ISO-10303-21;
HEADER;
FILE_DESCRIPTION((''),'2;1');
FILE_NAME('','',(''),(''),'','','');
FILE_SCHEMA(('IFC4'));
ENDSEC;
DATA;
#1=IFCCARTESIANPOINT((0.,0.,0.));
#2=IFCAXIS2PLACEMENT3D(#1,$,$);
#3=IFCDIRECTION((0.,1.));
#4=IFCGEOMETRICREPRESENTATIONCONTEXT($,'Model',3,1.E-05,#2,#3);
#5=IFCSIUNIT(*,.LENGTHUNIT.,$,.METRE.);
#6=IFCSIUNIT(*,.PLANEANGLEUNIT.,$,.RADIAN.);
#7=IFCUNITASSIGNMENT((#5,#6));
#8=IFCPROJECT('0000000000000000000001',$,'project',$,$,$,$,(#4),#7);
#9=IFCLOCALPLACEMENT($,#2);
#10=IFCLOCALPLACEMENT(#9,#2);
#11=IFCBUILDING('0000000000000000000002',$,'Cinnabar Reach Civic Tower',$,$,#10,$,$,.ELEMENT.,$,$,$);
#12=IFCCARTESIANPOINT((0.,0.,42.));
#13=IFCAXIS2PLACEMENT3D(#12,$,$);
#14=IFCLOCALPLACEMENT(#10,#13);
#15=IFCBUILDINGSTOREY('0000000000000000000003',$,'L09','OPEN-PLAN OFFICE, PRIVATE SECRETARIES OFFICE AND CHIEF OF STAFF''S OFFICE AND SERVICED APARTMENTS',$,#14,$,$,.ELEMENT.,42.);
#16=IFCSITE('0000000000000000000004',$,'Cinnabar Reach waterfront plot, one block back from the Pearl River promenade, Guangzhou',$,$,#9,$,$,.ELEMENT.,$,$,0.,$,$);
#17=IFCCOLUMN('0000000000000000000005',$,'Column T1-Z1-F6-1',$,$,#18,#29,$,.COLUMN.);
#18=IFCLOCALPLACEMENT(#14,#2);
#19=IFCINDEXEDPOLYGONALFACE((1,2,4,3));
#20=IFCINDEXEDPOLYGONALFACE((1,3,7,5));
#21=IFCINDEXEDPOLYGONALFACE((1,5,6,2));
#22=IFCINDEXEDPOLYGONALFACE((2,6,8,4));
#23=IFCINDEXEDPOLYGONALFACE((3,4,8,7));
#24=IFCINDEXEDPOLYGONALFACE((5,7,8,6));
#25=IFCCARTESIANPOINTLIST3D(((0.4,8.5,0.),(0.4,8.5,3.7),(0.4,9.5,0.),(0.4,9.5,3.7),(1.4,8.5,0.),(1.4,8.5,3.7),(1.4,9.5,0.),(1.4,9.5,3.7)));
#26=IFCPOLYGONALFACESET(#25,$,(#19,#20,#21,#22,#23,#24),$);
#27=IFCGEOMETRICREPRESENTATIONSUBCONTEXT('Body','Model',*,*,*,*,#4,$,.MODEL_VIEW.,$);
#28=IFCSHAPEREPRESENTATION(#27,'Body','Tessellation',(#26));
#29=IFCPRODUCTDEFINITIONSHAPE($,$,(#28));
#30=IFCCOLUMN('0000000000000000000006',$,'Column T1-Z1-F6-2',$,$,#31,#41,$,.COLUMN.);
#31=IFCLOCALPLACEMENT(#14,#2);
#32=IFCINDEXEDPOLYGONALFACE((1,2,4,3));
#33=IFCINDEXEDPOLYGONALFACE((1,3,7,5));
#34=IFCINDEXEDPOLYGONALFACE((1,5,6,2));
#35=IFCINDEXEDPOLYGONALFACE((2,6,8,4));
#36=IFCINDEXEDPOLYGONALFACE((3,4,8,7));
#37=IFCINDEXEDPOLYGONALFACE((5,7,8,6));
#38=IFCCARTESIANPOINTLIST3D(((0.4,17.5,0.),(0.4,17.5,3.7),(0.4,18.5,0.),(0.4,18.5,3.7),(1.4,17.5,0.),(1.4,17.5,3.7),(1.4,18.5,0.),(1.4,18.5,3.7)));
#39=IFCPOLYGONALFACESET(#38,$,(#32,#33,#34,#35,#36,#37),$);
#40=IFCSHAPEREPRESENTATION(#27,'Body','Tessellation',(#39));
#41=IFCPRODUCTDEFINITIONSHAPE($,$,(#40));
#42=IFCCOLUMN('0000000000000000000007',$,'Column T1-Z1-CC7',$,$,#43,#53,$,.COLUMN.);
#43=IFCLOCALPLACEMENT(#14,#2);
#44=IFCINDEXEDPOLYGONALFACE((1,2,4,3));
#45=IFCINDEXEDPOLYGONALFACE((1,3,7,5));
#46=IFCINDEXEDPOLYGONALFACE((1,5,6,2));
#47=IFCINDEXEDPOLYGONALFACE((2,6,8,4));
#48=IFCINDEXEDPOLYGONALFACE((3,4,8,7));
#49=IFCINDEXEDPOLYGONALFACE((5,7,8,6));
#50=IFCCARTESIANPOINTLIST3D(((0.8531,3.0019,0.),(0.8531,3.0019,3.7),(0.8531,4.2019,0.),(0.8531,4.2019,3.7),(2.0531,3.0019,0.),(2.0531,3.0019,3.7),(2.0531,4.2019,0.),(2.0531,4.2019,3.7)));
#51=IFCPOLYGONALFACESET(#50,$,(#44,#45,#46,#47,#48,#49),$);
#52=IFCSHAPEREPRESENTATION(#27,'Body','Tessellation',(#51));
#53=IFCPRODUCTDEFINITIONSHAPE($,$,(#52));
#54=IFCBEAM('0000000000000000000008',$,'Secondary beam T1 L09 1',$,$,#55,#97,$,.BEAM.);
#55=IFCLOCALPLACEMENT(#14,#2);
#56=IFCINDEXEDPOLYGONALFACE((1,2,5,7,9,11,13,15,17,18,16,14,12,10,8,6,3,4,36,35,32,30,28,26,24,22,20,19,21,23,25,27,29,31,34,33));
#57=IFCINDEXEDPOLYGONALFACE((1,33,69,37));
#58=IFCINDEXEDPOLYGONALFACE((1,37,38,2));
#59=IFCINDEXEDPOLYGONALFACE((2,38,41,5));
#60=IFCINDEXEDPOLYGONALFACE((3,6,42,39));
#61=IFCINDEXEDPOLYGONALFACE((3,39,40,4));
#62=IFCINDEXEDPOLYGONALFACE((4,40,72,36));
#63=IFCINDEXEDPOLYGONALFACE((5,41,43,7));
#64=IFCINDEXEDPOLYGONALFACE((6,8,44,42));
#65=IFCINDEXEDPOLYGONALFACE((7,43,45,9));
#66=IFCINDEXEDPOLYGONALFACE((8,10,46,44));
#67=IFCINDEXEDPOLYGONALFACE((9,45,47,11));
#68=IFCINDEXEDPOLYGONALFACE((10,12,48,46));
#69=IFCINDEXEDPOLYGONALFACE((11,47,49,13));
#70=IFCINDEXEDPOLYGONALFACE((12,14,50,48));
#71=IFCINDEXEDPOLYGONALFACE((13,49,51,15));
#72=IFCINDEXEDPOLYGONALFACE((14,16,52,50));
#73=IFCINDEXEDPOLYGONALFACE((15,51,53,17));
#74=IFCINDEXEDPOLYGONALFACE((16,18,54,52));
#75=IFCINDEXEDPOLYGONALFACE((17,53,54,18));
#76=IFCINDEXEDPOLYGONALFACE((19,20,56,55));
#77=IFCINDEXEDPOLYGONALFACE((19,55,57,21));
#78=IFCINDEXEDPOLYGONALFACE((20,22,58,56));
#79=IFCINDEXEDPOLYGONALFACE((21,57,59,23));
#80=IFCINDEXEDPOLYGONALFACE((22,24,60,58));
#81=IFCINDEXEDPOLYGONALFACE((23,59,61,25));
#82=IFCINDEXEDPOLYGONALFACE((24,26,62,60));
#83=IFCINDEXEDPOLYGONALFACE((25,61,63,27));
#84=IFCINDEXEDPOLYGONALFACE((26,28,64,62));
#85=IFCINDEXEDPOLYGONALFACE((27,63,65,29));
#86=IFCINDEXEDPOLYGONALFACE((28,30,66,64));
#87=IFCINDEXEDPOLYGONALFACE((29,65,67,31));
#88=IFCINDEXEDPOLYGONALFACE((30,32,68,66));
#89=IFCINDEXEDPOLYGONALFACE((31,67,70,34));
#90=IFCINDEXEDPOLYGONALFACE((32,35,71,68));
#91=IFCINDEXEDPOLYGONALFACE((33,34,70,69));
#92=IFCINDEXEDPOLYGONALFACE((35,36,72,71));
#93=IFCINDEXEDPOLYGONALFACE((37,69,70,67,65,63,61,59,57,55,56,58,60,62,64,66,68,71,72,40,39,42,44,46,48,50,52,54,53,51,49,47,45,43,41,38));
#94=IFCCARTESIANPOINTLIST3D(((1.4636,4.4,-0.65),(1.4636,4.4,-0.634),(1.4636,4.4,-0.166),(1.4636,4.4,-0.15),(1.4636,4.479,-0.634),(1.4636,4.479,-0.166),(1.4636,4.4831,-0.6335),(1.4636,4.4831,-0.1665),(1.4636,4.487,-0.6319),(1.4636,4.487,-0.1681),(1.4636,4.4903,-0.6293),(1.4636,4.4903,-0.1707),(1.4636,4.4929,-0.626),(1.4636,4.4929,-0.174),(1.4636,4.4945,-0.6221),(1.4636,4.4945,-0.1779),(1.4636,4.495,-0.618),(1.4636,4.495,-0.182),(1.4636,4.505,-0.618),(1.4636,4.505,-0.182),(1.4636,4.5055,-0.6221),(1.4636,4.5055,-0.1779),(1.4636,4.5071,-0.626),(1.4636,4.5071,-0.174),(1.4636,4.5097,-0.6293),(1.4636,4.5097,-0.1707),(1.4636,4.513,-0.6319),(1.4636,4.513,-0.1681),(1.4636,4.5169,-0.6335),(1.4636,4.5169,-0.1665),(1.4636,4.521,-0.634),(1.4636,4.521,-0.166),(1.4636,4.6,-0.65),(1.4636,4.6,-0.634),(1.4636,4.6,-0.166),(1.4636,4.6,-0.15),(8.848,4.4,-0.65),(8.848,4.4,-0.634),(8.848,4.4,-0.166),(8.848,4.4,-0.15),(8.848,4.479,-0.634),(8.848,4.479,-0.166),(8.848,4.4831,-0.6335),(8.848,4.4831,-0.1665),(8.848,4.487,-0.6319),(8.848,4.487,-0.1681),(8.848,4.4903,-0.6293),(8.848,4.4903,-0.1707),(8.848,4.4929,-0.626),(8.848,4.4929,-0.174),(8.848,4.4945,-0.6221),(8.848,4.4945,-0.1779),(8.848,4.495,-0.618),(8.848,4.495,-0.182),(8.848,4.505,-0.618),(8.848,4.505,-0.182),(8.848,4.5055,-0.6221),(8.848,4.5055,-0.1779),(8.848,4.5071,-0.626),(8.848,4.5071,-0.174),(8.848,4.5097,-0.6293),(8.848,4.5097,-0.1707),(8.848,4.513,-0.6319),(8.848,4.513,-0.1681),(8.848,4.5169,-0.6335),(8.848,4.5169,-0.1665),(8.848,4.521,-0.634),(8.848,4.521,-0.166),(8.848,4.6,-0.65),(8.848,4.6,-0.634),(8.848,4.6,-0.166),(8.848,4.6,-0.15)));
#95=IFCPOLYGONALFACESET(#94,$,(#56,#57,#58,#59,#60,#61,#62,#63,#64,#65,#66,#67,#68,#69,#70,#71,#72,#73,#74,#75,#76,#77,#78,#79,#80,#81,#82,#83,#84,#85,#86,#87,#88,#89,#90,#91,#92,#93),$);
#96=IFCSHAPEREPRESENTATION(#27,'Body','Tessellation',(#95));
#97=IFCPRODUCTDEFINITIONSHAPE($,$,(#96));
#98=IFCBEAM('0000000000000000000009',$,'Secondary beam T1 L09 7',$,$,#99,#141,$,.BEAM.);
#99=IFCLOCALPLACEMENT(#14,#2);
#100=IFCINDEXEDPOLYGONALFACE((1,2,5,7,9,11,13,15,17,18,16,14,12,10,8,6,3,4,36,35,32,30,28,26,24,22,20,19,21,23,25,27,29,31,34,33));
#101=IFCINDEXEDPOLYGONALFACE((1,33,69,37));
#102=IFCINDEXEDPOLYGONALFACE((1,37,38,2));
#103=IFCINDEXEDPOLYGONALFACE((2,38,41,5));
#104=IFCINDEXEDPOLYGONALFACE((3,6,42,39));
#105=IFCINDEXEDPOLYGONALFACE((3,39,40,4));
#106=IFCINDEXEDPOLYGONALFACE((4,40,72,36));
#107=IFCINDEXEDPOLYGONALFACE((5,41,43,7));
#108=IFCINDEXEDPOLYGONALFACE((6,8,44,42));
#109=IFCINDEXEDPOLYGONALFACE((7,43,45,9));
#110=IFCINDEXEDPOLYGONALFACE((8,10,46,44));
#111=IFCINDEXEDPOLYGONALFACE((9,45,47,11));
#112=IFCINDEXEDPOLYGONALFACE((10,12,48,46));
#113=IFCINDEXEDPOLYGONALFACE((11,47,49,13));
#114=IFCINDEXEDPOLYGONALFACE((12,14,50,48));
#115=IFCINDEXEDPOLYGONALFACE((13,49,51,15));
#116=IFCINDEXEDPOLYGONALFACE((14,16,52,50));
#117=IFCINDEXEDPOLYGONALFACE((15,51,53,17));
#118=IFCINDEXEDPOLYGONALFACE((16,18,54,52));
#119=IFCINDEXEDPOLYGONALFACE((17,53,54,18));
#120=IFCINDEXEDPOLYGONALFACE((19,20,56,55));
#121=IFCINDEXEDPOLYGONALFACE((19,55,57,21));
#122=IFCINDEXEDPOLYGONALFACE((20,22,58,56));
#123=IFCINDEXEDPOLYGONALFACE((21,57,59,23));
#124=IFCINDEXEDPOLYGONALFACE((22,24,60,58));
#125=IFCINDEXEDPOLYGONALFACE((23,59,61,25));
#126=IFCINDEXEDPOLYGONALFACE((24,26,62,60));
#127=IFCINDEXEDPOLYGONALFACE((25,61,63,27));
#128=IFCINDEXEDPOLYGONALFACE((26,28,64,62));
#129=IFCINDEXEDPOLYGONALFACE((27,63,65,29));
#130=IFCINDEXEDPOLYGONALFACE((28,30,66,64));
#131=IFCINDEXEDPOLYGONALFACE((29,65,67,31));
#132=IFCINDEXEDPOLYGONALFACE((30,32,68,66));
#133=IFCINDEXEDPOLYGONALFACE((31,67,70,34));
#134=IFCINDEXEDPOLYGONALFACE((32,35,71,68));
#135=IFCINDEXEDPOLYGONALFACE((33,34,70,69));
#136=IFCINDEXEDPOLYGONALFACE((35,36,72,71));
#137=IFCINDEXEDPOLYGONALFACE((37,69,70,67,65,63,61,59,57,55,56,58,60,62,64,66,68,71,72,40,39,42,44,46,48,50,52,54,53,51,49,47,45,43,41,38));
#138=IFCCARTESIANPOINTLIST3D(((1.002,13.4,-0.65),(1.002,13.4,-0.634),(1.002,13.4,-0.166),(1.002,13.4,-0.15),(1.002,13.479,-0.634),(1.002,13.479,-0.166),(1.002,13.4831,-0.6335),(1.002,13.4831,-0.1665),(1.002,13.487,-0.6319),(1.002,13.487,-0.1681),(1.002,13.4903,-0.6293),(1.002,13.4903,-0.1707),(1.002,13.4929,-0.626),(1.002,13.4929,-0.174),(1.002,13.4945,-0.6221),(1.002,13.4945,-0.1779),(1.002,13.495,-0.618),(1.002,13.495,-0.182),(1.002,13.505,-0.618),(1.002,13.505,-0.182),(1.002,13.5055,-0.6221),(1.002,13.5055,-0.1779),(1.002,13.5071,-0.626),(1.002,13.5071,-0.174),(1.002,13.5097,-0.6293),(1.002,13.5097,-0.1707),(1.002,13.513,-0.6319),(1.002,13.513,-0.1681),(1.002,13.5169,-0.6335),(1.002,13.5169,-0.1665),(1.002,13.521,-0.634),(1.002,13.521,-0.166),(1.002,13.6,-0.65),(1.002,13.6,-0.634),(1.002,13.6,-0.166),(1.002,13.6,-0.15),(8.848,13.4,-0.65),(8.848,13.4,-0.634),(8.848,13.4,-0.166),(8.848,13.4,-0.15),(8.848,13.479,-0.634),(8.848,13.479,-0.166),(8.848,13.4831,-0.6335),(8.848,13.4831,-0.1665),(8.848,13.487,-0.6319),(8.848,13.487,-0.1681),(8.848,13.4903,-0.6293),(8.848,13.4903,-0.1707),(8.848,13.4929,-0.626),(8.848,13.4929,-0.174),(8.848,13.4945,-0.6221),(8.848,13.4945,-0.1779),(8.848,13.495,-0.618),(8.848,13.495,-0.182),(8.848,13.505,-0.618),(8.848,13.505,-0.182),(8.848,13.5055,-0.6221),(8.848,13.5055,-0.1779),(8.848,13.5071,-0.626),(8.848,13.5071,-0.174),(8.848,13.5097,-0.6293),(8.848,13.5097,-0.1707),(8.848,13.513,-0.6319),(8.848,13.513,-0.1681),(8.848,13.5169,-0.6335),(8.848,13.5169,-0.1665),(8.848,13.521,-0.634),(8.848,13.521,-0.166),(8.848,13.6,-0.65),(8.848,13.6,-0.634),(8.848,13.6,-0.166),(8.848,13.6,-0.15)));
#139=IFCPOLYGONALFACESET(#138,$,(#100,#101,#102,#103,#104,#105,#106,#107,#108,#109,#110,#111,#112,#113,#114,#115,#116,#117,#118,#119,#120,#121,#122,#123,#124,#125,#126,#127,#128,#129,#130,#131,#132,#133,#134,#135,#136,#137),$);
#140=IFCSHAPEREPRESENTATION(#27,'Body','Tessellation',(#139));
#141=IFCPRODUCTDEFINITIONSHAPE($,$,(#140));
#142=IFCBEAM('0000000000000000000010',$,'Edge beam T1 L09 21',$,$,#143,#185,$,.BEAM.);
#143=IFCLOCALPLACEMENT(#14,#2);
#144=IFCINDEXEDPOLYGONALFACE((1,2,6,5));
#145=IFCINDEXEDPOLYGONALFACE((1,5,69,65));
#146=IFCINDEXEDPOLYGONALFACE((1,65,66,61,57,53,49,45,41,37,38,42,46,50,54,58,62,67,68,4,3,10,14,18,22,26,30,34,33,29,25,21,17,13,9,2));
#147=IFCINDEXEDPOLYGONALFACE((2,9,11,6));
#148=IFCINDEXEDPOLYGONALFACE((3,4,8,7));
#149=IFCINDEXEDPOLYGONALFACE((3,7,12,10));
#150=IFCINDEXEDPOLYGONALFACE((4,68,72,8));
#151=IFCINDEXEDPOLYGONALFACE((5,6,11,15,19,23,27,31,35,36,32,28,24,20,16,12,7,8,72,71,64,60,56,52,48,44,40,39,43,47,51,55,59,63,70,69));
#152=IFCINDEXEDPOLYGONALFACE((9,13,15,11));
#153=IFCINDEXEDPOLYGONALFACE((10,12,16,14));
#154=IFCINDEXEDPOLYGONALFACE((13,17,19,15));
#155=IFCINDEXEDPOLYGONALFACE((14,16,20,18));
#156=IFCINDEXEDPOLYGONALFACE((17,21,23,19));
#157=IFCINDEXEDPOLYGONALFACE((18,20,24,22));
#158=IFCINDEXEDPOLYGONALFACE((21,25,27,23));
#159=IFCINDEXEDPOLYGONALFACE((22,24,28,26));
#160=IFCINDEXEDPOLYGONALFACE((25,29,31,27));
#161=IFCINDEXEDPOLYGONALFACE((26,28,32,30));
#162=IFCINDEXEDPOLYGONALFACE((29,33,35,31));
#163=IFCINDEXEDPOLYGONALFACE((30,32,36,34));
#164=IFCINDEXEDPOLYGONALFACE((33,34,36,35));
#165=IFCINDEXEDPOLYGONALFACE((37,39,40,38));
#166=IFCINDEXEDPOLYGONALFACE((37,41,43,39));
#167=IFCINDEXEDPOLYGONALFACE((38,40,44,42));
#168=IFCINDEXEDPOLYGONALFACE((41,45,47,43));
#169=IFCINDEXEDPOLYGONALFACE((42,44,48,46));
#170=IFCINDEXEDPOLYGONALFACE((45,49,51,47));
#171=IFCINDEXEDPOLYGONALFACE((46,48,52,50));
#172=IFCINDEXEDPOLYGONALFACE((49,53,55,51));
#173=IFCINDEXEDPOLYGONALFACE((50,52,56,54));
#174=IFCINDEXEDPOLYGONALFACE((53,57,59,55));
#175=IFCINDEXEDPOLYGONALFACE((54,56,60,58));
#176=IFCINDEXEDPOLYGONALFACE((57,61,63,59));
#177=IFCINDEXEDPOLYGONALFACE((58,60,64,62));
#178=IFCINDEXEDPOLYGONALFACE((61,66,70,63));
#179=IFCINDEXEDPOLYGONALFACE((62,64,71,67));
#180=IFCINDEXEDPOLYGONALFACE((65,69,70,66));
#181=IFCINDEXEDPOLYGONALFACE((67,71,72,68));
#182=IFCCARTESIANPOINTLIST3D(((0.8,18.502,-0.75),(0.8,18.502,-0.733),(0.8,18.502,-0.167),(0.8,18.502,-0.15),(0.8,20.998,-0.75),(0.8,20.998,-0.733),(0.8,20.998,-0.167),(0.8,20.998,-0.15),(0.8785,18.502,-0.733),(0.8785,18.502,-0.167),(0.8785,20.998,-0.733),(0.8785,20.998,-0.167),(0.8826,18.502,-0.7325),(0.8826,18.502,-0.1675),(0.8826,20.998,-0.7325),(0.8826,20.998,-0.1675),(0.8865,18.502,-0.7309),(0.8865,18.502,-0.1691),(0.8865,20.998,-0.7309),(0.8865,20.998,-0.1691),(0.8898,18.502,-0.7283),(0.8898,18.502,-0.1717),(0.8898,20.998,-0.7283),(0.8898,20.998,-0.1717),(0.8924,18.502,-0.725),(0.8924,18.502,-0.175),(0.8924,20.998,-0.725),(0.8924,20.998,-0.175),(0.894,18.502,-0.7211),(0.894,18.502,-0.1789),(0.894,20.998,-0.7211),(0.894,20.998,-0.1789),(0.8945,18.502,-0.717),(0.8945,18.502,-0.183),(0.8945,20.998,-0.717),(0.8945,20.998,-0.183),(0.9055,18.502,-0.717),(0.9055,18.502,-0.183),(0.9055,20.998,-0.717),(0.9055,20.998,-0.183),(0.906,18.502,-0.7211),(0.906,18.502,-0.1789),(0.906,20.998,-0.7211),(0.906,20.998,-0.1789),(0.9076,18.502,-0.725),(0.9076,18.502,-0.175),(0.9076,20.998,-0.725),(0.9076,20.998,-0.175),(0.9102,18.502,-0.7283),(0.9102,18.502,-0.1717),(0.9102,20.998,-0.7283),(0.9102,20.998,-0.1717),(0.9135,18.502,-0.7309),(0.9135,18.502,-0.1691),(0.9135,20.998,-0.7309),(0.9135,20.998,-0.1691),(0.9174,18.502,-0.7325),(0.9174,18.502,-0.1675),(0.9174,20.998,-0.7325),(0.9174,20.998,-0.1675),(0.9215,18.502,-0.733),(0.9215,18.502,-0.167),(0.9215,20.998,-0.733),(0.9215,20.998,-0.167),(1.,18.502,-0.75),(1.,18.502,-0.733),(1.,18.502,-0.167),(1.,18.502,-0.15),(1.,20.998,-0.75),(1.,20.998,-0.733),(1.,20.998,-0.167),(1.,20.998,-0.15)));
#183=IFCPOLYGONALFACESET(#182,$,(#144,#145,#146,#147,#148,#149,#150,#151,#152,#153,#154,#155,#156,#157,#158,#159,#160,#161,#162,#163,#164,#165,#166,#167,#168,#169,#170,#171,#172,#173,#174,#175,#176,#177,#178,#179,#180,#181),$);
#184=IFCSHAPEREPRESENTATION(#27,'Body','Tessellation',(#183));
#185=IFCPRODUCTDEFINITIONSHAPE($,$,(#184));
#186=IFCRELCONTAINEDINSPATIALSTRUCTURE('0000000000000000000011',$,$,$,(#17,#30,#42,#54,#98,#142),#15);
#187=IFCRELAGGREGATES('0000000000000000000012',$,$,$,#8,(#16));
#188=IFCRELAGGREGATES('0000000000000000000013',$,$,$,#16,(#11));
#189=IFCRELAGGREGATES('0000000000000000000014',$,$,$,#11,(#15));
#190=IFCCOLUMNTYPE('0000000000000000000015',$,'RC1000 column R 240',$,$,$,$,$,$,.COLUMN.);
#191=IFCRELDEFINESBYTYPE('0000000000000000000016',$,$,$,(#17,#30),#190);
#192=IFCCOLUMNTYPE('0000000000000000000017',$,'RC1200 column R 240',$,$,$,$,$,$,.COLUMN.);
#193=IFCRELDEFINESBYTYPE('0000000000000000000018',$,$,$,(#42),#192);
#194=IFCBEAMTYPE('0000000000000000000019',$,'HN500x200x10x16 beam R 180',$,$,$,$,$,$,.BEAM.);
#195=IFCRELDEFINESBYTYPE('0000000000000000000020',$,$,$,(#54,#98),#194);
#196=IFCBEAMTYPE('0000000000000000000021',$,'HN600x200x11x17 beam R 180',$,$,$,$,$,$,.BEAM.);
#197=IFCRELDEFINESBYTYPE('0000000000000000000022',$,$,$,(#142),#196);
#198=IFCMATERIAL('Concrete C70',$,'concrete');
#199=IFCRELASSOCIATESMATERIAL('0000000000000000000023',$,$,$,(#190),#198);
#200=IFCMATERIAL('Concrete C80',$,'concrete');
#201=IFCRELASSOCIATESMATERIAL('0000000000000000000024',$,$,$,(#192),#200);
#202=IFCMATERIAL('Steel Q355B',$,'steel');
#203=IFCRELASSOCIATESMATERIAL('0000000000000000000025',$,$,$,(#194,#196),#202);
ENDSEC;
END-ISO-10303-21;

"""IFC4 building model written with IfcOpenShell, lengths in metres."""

from ifc_helpers import new_model, si_unit, direction, frame, origin, origin_2d, place, context, subcontext, project, spatial, rectangle, i_section, extrude, material, material_profile, profile_set, type_object, element, save


model = new_model("IFC4")

# Units and contexts
model_context = context("Model", 3, precision=1e-05, world=origin(), true_north=direction((0.0, 1.0)))
body_context = subcontext(model_context, "Body", "Model", "MODEL_VIEW")
ifc_project = project(units=[si_unit("LENGTHUNIT", "METRE"), si_unit("PLANEANGLEUNIT", "RADIAN")], contexts=[model_context])

# Site, building, storey
site_placement = place(None, origin())
site = spatial("IfcSite", under=ifc_project, at=site_placement, Name="Cinnabar Reach waterfront plot, one block back from the Pearl River promenade, Guangzhou", CompositionType="ELEMENT", RefElevation=0.0)
building_placement = place(site_placement, origin())
building = spatial("IfcBuilding", under=site, at=building_placement, Name="Cinnabar Reach Civic Tower", CompositionType="ELEMENT")
storey_placement = place(building_placement, frame((0.0, 0.0, 42.0)))
storey = spatial("IfcBuildingStorey", under=building, at=storey_placement, Name="L09", Description="OPEN-PLAN OFFICE, PRIVATE SECRETARIES OFFICE AND CHIEF OF STAFF'S OFFICE AND SERVICED APARTMENTS", CompositionType="ELEMENT", Elevation=42.0)

# Columns
ifc_material_1 = material(Name="Concrete C70", Category="concrete")
ifc_material_profile_1 = material_profile(ifc_material_1, rectangle(XDim=1.0, YDim=1.0, at=origin_2d()), Name="RC1000")
ifc_profile_set_1 = profile_set([ifc_material_profile_1], Name="Concrete C70")
column_type_1 = type_object("IfcColumnType", Name="RC1000 column R 240", PredefinedType="COLUMN", material=ifc_profile_set_1)
for number, where, z_axis, x_axis, name in (
    (1, (0.9, 9.0, 0.0), (0.0, 0.0, 1.0), (1.0, 0.0, 0.0), "Column T1-Z1-F6-1"),
    (2, (0.9, 18.0, 0.0), (0.0, 0.0, 1.0), (1.0, 0.0, 0.0), "Column T1-Z1-F6-2"),
):
    element("IfcColumn", number, at=place(storey_placement, frame(where, z_axis=z_axis, x_axis=x_axis)), inside=storey, type_object=column_type_1, Name=name, PredefinedType="COLUMN", context=body_context, shape_type="SweptSolid", body=[
        extrude(rectangle(XDim=1.0, YDim=1.0, at=origin_2d()), origin(), (0.0, 0.0, 1.0), 3.7),
    ])
ifc_material_2 = material(Name="Concrete C80", Category="concrete")
ifc_material_profile_2 = material_profile(ifc_material_2, rectangle(XDim=1.2, YDim=1.2, at=origin_2d()), Name="RC1200")
ifc_profile_set_2 = profile_set([ifc_material_profile_2], Name="Concrete C80")
column_type_2 = type_object("IfcColumnType", Name="RC1200 column R 240", PredefinedType="COLUMN", material=ifc_profile_set_2)
column_placement = place(storey_placement, frame((1.4531, 3.6019, 0.0), z_axis=(0.0, 0.0, 1.0), x_axis=(1.0, 0.0, 0.0)))
element("IfcColumn", 3, at=column_placement, inside=storey, type_object=column_type_2, Name="Column T1-Z1-CC7", PredefinedType="COLUMN", context=body_context, shape_type="SweptSolid", body=[
    extrude(rectangle(XDim=1.2, YDim=1.2, at=origin_2d()), origin(), (0.0, 0.0, 1.0), 3.7),
])

# Beams
ifc_material_3 = material(Name="Steel Q355B", Category="steel")
ifc_material_profile_3 = material_profile(ifc_material_3, i_section(OverallWidth=0.2, OverallDepth=0.5, WebThickness=0.01, FlangeThickness=0.016, FilletRadius=0.016, at=origin_2d()), Name="HN500x200x10x16")
ifc_profile_set_3 = profile_set([ifc_material_profile_3], Name="Steel Q355B")
beam_type_1 = type_object("IfcBeamType", Name="HN500x200x10x16 beam R 180", PredefinedType="BEAM", material=ifc_profile_set_3)
beam_1_placement = place(storey_placement, frame((1.4636, 4.5, -0.4), z_axis=(1.0, 0.0, 0.0), x_axis=(0.0, 1.0, 0.0)))
element("IfcBeam", 4, at=beam_1_placement, inside=storey, type_object=beam_type_1, Name="Secondary beam T1 L09 1", PredefinedType="BEAM", context=body_context, shape_type="SweptSolid", body=[
    extrude(i_section(OverallWidth=0.2, OverallDepth=0.5, WebThickness=0.01, FlangeThickness=0.016, FilletRadius=0.016, at=origin_2d()), origin(), (0.0, 0.0, 1.0), 7.3844),
])
beam_2_placement = place(storey_placement, frame((1.002, 13.5, -0.4), z_axis=(1.0, 0.0, 0.0), x_axis=(0.0, 1.0, 0.0)))
element("IfcBeam", 5, at=beam_2_placement, inside=storey, type_object=beam_type_1, Name="Secondary beam T1 L09 7", PredefinedType="BEAM", context=body_context, shape_type="SweptSolid", body=[
    extrude(i_section(OverallWidth=0.2, OverallDepth=0.5, WebThickness=0.01, FlangeThickness=0.016, FilletRadius=0.016, at=origin_2d()), origin(), (0.0, 0.0, 1.0), 7.846),
])
ifc_material_profile_4 = material_profile(ifc_material_3, i_section(OverallWidth=0.2, OverallDepth=0.6, WebThickness=0.011, FlangeThickness=0.017, FilletRadius=0.016, at=origin_2d()), Name="HN600x200x11x17")
ifc_profile_set_4 = profile_set([ifc_material_profile_4], Name="Steel Q355B")
beam_type_2 = type_object("IfcBeamType", Name="HN600x200x11x17 beam R 180", PredefinedType="BEAM", material=ifc_profile_set_4)
beam_3_placement = place(storey_placement, frame((0.9, 20.998, -0.45), z_axis=(0.0, -1.0, 0.0), x_axis=(1.0, 0.0, 0.0)))
element("IfcBeam", 6, at=beam_3_placement, inside=storey, type_object=beam_type_2, Name="Edge beam T1 L09 21", PredefinedType="BEAM", context=body_context, shape_type="SweptSolid", body=[
    extrude(i_section(OverallWidth=0.2, OverallDepth=0.6, WebThickness=0.011, FlangeThickness=0.017, FilletRadius=0.016, at=origin_2d()), origin(), (0.0, 0.0, 1.0), 2.496),
])

save(model, "model.ifc")
